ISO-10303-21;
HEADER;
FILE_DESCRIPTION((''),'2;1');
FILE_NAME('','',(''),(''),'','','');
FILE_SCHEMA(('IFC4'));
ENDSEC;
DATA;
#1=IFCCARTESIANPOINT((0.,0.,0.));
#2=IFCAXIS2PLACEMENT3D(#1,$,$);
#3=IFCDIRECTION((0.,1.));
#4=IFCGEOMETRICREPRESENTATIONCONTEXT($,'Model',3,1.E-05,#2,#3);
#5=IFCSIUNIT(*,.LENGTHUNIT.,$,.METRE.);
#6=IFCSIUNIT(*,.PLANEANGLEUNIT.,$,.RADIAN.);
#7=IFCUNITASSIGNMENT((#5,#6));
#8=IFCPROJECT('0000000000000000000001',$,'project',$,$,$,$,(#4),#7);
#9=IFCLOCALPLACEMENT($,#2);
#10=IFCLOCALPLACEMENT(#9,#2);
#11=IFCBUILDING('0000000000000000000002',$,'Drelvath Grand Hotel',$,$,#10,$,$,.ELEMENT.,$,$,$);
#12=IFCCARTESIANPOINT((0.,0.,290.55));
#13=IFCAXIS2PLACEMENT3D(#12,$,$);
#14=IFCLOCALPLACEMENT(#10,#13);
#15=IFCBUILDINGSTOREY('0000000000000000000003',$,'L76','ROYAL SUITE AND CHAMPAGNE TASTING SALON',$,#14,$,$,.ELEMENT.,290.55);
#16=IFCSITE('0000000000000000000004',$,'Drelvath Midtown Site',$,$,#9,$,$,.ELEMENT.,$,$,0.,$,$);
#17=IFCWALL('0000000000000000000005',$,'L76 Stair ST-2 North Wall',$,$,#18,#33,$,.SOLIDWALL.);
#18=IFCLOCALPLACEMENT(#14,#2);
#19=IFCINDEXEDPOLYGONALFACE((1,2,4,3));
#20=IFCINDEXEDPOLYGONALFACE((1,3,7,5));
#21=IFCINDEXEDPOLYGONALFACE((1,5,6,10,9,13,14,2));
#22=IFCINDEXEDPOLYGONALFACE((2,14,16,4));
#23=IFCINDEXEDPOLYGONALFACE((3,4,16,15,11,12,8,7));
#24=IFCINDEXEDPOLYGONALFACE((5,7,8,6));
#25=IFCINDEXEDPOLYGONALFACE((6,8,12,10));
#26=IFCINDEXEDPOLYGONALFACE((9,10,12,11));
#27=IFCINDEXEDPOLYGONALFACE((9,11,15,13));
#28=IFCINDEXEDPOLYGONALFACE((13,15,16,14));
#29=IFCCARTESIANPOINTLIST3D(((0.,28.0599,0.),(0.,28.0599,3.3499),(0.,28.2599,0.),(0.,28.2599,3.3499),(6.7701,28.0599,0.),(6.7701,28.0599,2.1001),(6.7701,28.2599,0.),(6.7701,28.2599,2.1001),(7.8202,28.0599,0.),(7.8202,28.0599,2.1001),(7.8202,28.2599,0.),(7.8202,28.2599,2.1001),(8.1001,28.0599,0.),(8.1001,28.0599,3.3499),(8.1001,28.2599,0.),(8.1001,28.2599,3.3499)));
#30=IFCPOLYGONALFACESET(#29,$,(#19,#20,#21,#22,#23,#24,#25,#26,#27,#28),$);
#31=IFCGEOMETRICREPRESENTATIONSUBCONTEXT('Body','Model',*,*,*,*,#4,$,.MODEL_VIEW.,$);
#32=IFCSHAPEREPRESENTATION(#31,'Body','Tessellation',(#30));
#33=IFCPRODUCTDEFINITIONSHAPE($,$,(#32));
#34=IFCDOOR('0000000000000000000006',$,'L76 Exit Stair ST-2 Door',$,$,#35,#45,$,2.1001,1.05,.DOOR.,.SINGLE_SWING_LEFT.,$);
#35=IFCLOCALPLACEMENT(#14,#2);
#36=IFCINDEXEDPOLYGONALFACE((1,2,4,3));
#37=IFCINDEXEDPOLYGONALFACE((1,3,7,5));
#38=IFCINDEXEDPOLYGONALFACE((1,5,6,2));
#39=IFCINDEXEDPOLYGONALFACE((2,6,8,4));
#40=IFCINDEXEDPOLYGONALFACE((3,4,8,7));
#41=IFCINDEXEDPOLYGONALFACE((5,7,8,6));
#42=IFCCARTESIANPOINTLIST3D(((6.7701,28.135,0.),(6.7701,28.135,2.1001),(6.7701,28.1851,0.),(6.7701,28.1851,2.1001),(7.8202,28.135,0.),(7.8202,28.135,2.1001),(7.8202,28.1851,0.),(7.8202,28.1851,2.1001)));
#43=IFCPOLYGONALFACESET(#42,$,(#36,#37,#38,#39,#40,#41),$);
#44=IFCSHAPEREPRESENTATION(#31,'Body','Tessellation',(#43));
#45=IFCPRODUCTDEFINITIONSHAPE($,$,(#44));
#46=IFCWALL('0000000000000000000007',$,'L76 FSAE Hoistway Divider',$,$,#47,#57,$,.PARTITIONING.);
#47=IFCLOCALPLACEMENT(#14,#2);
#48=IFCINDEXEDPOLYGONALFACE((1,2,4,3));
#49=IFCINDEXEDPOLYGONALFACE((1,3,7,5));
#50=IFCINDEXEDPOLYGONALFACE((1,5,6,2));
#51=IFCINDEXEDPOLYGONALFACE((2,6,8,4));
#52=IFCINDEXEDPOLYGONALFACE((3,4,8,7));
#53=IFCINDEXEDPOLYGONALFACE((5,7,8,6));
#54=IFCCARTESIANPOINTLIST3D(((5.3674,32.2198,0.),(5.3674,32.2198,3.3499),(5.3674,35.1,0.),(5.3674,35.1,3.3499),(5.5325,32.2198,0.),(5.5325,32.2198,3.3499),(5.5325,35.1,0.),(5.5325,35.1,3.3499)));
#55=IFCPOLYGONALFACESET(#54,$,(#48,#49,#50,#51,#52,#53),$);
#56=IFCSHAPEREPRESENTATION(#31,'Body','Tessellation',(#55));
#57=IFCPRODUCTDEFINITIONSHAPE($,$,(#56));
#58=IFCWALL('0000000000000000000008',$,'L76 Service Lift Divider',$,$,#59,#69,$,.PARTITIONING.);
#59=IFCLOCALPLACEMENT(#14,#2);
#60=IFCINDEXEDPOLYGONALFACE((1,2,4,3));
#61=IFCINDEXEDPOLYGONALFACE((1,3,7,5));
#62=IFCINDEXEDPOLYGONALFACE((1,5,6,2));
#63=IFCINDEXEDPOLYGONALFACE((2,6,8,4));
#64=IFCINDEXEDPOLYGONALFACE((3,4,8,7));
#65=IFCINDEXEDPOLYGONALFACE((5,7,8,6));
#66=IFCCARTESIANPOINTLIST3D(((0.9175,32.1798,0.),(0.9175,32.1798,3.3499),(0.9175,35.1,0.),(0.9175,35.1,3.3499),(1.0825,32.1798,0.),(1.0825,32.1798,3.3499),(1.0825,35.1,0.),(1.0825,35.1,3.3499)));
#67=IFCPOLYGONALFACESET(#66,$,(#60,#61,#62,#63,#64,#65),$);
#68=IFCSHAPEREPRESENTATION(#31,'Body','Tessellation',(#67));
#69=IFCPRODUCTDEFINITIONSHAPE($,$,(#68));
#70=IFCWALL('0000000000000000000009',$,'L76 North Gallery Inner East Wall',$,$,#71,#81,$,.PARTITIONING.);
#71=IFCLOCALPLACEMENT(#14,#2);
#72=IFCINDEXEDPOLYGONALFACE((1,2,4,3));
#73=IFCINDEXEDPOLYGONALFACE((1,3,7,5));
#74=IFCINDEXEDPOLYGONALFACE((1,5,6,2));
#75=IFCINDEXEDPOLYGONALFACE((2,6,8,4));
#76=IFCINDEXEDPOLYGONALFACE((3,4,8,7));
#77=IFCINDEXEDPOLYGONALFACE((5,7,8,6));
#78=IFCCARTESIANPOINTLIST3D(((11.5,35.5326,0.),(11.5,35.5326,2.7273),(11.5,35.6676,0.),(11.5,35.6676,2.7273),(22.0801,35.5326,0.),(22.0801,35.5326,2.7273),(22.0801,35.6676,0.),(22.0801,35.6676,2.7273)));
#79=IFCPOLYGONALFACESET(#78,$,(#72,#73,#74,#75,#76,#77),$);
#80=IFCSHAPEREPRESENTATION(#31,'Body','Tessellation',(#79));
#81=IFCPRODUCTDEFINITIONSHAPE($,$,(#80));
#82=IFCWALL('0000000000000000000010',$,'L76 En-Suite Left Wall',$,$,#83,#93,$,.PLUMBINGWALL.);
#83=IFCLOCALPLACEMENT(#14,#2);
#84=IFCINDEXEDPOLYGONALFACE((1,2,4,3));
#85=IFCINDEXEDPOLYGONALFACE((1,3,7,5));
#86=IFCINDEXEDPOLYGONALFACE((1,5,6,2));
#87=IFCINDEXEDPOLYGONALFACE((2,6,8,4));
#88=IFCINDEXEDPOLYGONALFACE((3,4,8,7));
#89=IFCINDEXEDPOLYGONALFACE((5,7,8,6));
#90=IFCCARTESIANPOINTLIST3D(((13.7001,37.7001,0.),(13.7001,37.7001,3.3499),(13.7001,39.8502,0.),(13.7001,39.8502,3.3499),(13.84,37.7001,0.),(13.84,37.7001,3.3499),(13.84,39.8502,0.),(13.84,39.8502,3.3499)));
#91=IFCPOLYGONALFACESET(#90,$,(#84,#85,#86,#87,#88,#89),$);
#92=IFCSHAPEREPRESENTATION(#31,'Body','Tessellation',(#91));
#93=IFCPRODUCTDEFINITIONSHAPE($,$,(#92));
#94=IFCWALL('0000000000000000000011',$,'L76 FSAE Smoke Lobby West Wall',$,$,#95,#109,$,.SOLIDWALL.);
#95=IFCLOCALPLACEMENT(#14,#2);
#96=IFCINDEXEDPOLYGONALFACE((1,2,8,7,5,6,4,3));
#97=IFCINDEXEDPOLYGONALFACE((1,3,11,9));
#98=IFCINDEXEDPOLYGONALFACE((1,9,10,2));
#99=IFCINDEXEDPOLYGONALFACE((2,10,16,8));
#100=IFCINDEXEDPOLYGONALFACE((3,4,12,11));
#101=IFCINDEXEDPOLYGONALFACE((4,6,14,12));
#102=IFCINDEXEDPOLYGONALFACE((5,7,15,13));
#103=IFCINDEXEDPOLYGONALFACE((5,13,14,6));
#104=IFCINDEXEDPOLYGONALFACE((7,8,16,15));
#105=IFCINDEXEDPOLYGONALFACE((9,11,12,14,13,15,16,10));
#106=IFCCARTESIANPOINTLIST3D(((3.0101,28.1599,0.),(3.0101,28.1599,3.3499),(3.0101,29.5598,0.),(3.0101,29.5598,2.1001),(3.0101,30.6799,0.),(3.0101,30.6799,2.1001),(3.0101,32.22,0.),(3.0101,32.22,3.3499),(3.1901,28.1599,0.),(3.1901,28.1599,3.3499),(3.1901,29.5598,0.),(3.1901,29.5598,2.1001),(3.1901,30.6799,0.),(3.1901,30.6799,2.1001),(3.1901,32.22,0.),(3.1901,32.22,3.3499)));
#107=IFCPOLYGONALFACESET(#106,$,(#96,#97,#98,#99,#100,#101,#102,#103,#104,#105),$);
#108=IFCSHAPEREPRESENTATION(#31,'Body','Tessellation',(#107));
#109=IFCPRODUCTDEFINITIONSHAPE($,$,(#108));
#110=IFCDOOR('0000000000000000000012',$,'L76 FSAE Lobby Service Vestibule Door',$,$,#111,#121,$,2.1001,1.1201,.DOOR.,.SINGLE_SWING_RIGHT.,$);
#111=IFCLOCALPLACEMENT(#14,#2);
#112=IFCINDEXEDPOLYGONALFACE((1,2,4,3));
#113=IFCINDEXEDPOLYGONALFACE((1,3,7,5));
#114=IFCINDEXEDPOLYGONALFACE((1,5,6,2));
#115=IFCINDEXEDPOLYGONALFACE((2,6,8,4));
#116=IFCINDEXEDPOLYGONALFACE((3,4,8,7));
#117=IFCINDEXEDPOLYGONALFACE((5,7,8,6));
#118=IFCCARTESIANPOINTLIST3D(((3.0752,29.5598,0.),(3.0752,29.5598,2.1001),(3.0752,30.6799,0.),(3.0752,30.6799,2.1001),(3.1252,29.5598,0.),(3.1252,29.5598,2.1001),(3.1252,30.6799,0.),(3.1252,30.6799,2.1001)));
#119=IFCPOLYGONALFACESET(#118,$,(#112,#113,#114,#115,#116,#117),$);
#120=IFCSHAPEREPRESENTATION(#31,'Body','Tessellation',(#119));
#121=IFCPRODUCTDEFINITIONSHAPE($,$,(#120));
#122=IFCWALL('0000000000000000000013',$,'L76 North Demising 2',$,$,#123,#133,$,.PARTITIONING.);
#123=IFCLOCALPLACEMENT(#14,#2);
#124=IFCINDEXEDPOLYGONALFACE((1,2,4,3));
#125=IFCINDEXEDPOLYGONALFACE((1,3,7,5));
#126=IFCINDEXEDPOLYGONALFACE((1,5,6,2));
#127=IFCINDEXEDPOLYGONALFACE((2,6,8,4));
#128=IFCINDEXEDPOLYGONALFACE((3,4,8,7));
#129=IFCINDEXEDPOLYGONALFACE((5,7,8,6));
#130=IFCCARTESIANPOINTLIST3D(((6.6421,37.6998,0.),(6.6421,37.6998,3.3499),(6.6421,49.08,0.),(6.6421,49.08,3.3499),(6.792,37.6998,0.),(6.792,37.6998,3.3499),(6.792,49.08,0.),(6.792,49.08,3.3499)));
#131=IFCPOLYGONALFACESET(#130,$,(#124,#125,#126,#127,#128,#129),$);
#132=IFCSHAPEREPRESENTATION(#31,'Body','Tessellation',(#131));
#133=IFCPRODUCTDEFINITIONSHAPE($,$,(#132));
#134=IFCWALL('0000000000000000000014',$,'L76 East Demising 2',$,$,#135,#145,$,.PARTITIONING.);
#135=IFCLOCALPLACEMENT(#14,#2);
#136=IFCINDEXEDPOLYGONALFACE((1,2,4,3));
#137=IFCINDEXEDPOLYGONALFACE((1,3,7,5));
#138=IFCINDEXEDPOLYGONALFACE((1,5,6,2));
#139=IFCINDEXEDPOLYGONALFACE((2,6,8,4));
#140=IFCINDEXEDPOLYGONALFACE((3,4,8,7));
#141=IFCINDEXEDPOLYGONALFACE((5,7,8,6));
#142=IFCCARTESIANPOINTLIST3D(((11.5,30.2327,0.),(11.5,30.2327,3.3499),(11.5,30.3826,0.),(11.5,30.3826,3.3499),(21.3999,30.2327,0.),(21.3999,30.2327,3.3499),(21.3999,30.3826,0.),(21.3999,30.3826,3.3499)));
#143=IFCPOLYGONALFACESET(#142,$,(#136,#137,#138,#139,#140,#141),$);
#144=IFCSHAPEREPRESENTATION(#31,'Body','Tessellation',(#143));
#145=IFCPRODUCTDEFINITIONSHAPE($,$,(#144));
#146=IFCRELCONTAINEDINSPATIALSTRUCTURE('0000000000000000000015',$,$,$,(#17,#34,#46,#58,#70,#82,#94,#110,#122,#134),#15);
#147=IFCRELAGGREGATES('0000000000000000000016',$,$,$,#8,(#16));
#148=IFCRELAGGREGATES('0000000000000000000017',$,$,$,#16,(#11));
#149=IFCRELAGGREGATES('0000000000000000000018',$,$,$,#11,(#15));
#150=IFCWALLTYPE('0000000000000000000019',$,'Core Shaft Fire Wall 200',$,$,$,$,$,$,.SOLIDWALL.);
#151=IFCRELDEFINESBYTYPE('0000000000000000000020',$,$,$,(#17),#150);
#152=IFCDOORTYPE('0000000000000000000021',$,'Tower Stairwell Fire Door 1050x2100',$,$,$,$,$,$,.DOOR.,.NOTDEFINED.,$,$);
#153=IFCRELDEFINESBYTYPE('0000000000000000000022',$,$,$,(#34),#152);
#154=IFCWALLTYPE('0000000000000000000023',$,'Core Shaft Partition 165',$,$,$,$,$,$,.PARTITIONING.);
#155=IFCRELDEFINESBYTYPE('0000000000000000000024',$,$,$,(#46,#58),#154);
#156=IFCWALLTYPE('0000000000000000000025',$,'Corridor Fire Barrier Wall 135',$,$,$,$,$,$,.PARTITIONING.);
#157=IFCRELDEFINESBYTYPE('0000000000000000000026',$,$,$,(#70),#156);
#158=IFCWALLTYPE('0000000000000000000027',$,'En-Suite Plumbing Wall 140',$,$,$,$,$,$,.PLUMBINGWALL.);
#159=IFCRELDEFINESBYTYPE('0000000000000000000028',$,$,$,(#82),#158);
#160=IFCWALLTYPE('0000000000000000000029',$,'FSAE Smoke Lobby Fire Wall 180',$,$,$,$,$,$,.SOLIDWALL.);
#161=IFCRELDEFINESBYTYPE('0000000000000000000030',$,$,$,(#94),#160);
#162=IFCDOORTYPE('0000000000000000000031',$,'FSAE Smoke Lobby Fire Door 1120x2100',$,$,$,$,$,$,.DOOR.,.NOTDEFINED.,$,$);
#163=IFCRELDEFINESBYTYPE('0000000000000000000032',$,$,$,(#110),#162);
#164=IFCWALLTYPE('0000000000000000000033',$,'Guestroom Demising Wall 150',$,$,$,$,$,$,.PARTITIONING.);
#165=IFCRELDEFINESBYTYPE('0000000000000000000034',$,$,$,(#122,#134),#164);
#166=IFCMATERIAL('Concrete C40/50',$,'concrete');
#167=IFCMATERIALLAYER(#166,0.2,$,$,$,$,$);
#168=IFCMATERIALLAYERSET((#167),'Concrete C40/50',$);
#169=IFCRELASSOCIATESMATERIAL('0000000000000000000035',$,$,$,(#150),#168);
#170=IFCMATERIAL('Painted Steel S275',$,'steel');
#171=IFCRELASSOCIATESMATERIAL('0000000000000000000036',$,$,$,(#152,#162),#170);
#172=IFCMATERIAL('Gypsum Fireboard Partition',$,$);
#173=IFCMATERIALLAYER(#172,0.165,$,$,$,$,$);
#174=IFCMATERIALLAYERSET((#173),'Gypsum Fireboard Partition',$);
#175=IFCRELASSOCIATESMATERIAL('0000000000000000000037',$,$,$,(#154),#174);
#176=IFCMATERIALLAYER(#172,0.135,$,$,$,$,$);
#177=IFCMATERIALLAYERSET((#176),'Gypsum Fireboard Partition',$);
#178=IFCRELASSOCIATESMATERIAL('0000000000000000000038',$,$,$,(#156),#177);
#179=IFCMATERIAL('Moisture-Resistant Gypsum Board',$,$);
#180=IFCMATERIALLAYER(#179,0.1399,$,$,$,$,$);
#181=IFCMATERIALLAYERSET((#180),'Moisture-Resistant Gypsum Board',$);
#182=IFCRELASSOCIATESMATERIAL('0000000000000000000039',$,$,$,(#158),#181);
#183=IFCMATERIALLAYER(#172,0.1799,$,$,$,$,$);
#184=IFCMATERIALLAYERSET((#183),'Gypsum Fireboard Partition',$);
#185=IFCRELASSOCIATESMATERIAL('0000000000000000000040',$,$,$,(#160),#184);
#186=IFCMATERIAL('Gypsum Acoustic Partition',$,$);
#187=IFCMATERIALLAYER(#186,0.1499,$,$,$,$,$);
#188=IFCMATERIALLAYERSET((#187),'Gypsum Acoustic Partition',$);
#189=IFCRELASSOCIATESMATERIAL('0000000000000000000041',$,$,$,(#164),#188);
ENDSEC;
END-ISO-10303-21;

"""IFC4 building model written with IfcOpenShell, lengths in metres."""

from ifc_helpers import new_model, si_unit, direction, frame, frame_2d, origin, place, context, subcontext, project, spatial, rectangle, extrude, material, layer, layer_set, type_object, element, fill, save


model = new_model("IFC4")

# Units and contexts
model_context = context("Model", 3, precision=1e-05, world=origin(), true_north=direction((0.0, 1.0)))
body_context = subcontext(model_context, "Body", "Model", "MODEL_VIEW")
ifc_project = project(units=[si_unit("LENGTHUNIT", "METRE"), si_unit("PLANEANGLEUNIT", "RADIAN")], contexts=[model_context])

# Site, building, storey
site_placement = place(None, origin())
site = spatial("IfcSite", under=ifc_project, at=site_placement, Name="Drelvath Midtown Site", CompositionType="ELEMENT", RefElevation=0.0)
building_placement = place(site_placement, origin())
building = spatial("IfcBuilding", under=site, at=building_placement, Name="Drelvath Grand Hotel", CompositionType="ELEMENT")
storey_placement = place(building_placement, frame((0.0, 0.0, 290.55)))
storey = spatial("IfcBuildingStorey", under=building, at=storey_placement, Name="L76", Description="ROYAL SUITE AND CHAMPAGNE TASTING SALON", CompositionType="ELEMENT", Elevation=290.55)

# Shared definitions
ifc_material_1 = material(Name="Concrete C40/50", Category="concrete")

# Wall, opening, door
ifc_layer_1 = layer(ifc_material_1, 0.2)
ifc_layer_set_1 = layer_set([ifc_layer_1], Name="Concrete C40/50")
wall_type_1 = type_object("IfcWallType", Name="Core Shaft Fire Wall 200", PredefinedType="SOLIDWALL", material=ifc_layer_set_1)
wall_1_placement = place(storey_placement, frame((8.1001, 28.1599, 0.0), z_axis=(0.0, 0.0, 1.0), x_axis=(-1.0, 0.0, 0.0)))
wall_1 = element("IfcWall", 1, at=wall_1_placement, inside=storey, type_object=wall_type_1, Name="L76 Stair ST-2 North Wall", PredefinedType="SOLIDWALL", context=body_context, shape_type="SweptSolid", body=[
    extrude(rectangle(XDim=8.1001, YDim=0.2, at=frame_2d((4.05, 0.0))), origin(), (0.0, 0.0, 1.0), 3.3499),
])
opening_1_placement = place(wall_1_placement, frame((0.28, 0.0, 0.0)))
opening_1 = element("IfcOpeningElement", 2, at=opening_1_placement, cuts=wall_1, PredefinedType="OPENING", context=body_context, shape_type="SweptSolid", body=[
    extrude(rectangle(XDim=1.05, YDim=2.1001, at=frame_2d((0.5249, 1.05))), frame((0.0, 0.1099, 0.0), z_axis=(0.0, -1.0, 0.0), x_axis=(1.0, 0.0, 0.0)), (0.0, 0.0, 1.0), 0.22),
])
ifc_material_2 = material(Name="Painted Steel S275", Category="steel")
door_type_1 = type_object("IfcDoorType", Name="Tower Stairwell Fire Door 1050x2100", OperationType="NOTDEFINED", PredefinedType="DOOR", material=ifc_material_2)
door_1_placement = place(opening_1_placement, origin())
door_1 = element("IfcDoor", 3, at=door_1_placement, inside=storey, type_object=door_type_1, Name="L76 Exit Stair ST-2 Door", OperationType="SINGLE_SWING_LEFT", OverallHeight=2.1001, OverallWidth=1.05, PredefinedType="DOOR", context=body_context, shape_type="SweptSolid", body=[
    extrude(rectangle(XDim=1.05, YDim=2.1001, at=frame_2d((0.5249, 1.05))), frame((0.0, 0.0249, 0.0), z_axis=(0.0, -1.0, 0.0), x_axis=(1.0, 0.0, 0.0)), (0.0, 0.0, 1.0), 0.05),
])
fill(opening_1, door_1)

# Walls
ifc_material_3 = material(Name="Gypsum Fireboard Partition")
ifc_layer_2 = layer(ifc_material_3, 0.165)
ifc_layer_set_2 = layer_set([ifc_layer_2], Name="Gypsum Fireboard Partition")
wall_type_2 = type_object("IfcWallType", Name="Core Shaft Partition 165", PredefinedType="PARTITIONING", material=ifc_layer_set_2)
wall_2_placement = place(storey_placement, frame((5.45, 32.22, 0.0), z_axis=(0.0, 0.0, 1.0), x_axis=(0.0, 1.0, 0.0)))
element("IfcWall", 4, at=wall_2_placement, inside=storey, type_object=wall_type_2, Name="L76 FSAE Hoistway Divider", PredefinedType="PARTITIONING", context=body_context, shape_type="SweptSolid", body=[
    extrude(rectangle(XDim=2.8801, YDim=0.165, at=frame_2d((1.4399, 0.0))), origin(), (0.0, 0.0, 1.0), 3.3499),
])
wall_3_placement = place(storey_placement, frame((1.0, 32.1799, 0.0), z_axis=(0.0, 0.0, 1.0), x_axis=(0.0, 1.0, 0.0)))
element("IfcWall", 5, at=wall_3_placement, inside=storey, type_object=wall_type_2, Name="L76 Service Lift Divider", PredefinedType="PARTITIONING", context=body_context, shape_type="SweptSolid", body=[
    extrude(rectangle(XDim=2.9202, YDim=0.165, at=frame_2d((1.46, 0.0))), origin(), (0.0, 0.0, 1.0), 3.3499),
])
ifc_layer_3 = layer(ifc_material_3, 0.135)
ifc_layer_set_3 = layer_set([ifc_layer_3], Name="Gypsum Fireboard Partition")
wall_type_3 = type_object("IfcWallType", Name="Corridor Fire Barrier Wall 135", PredefinedType="PARTITIONING", material=ifc_layer_set_3)
wall_4_placement = place(storey_placement, frame((11.5, 35.6001, 0.0), z_axis=(0.0, 0.0, 1.0), x_axis=(1.0, 0.0, 0.0)))
element("IfcWall", 6, at=wall_4_placement, inside=storey, type_object=wall_type_3, Name="L76 North Gallery Inner East Wall", PredefinedType="PARTITIONING", context=body_context, shape_type="SweptSolid", body=[
    extrude(rectangle(XDim=10.5801, YDim=0.135, at=frame_2d((5.29, 0.0))), origin(), (0.0, 0.0, 1.0), 2.7273),
])
ifc_material_4 = material(Name="Moisture-Resistant Gypsum Board")
ifc_layer_4 = layer(ifc_material_4, 0.1399)
ifc_layer_set_4 = layer_set([ifc_layer_4], Name="Moisture-Resistant Gypsum Board")
wall_type_4 = type_object("IfcWallType", Name="En-Suite Plumbing Wall 140", PredefinedType="PLUMBINGWALL", material=ifc_layer_set_4)
wall_5_placement = place(storey_placement, frame((13.77, 37.7, 0.0), z_axis=(0.0, 0.0, 1.0), x_axis=(0.0, 1.0, 0.0)))
element("IfcWall", 7, at=wall_5_placement, inside=storey, type_object=wall_type_4, Name="L76 En-Suite Left Wall", PredefinedType="PLUMBINGWALL", context=body_context, shape_type="SweptSolid", body=[
    extrude(rectangle(XDim=2.1501, YDim=0.1399, at=frame_2d((1.0752, 0.0))), origin(), (0.0, 0.0, 1.0), 3.3499),
])

# Wall, opening, door
ifc_layer_5 = layer(ifc_material_3, 0.1799)
ifc_layer_set_5 = layer_set([ifc_layer_5], Name="Gypsum Fireboard Partition")
wall_type_5 = type_object("IfcWallType", Name="FSAE Smoke Lobby Fire Wall 180", PredefinedType="SOLIDWALL", material=ifc_layer_set_5)
wall_6_placement = place(storey_placement, frame((3.1001, 28.1599, 0.0), z_axis=(0.0, 0.0, 1.0), x_axis=(0.0, 1.0, 0.0)))
wall_6 = element("IfcWall", 8, at=wall_6_placement, inside=storey, type_object=wall_type_5, Name="L76 FSAE Smoke Lobby West Wall", PredefinedType="SOLIDWALL", context=body_context, shape_type="SweptSolid", body=[
    extrude(rectangle(XDim=4.0601, YDim=0.1799, at=frame_2d((2.03, 0.0))), origin(), (0.0, 0.0, 1.0), 3.3499),
])
opening_2_placement = place(wall_6_placement, frame((1.3999, 0.0, 0.0)))
opening_2 = element("IfcOpeningElement", 9, at=opening_2_placement, cuts=wall_6, PredefinedType="OPENING", context=body_context, shape_type="SweptSolid", body=[
    extrude(rectangle(XDim=1.1201, YDim=2.1001, at=frame_2d((0.5601, 1.05))), frame((0.0, 0.0999, 0.0), z_axis=(0.0, -1.0, 0.0), x_axis=(1.0, 0.0, 0.0)), (0.0, 0.0, 1.0), 0.2),
])
door_type_2 = type_object("IfcDoorType", Name="FSAE Smoke Lobby Fire Door 1120x2100", OperationType="NOTDEFINED", PredefinedType="DOOR", material=ifc_material_2)
door_2_placement = place(opening_2_placement, origin())
door_2 = element("IfcDoor", 10, at=door_2_placement, inside=storey, type_object=door_type_2, Name="L76 FSAE Lobby Service Vestibule Door", OperationType="SINGLE_SWING_RIGHT", OverallHeight=2.1001, OverallWidth=1.1201, PredefinedType="DOOR", context=body_context, shape_type="SweptSolid", body=[
    extrude(rectangle(XDim=1.1201, YDim=2.1001, at=frame_2d((0.5601, 1.05))), frame((0.0, 0.0249, 0.0), z_axis=(0.0, -1.0, 0.0), x_axis=(1.0, 0.0, 0.0)), (0.0, 0.0, 1.0), 0.05),
])
fill(opening_2, door_2)

# Walls
ifc_material_5 = material(Name="Gypsum Acoustic Partition")
ifc_layer_6 = layer(ifc_material_5, 0.1499)
ifc_layer_set_6 = layer_set([ifc_layer_6], Name="Gypsum Acoustic Partition")
wall_type_6 = type_object("IfcWallType", Name="Guestroom Demising Wall 150", PredefinedType="PARTITIONING", material=ifc_layer_set_6)
wall_7_placement = place(storey_placement, frame((6.717, 37.7, 0.0), z_axis=(0.0, 0.0, 1.0), x_axis=(0.0, 1.0, 0.0)))
element("IfcWall", 11, at=wall_7_placement, inside=storey, type_object=wall_type_6, Name="L76 North Demising 2", PredefinedType="PARTITIONING", context=body_context, shape_type="SweptSolid", body=[
    extrude(rectangle(XDim=11.3801, YDim=0.1499, at=frame_2d((5.6899, 0.0))), origin(), (0.0, 0.0, 1.0), 3.3499),
])
wall_8_placement = place(storey_placement, frame((11.5, 30.3076, 0.0), z_axis=(0.0, 0.0, 1.0), x_axis=(1.0, 0.0, 0.0)))
element("IfcWall", 12, at=wall_8_placement, inside=storey, type_object=wall_type_6, Name="L76 East Demising 2", PredefinedType="PARTITIONING", context=body_context, shape_type="SweptSolid", body=[
    extrude(rectangle(XDim=9.8999, YDim=0.1499, at=frame_2d((4.95, 0.0))), origin(), (0.0, 0.0, 1.0), 3.3499),
])

save(model, "model.ifc")
